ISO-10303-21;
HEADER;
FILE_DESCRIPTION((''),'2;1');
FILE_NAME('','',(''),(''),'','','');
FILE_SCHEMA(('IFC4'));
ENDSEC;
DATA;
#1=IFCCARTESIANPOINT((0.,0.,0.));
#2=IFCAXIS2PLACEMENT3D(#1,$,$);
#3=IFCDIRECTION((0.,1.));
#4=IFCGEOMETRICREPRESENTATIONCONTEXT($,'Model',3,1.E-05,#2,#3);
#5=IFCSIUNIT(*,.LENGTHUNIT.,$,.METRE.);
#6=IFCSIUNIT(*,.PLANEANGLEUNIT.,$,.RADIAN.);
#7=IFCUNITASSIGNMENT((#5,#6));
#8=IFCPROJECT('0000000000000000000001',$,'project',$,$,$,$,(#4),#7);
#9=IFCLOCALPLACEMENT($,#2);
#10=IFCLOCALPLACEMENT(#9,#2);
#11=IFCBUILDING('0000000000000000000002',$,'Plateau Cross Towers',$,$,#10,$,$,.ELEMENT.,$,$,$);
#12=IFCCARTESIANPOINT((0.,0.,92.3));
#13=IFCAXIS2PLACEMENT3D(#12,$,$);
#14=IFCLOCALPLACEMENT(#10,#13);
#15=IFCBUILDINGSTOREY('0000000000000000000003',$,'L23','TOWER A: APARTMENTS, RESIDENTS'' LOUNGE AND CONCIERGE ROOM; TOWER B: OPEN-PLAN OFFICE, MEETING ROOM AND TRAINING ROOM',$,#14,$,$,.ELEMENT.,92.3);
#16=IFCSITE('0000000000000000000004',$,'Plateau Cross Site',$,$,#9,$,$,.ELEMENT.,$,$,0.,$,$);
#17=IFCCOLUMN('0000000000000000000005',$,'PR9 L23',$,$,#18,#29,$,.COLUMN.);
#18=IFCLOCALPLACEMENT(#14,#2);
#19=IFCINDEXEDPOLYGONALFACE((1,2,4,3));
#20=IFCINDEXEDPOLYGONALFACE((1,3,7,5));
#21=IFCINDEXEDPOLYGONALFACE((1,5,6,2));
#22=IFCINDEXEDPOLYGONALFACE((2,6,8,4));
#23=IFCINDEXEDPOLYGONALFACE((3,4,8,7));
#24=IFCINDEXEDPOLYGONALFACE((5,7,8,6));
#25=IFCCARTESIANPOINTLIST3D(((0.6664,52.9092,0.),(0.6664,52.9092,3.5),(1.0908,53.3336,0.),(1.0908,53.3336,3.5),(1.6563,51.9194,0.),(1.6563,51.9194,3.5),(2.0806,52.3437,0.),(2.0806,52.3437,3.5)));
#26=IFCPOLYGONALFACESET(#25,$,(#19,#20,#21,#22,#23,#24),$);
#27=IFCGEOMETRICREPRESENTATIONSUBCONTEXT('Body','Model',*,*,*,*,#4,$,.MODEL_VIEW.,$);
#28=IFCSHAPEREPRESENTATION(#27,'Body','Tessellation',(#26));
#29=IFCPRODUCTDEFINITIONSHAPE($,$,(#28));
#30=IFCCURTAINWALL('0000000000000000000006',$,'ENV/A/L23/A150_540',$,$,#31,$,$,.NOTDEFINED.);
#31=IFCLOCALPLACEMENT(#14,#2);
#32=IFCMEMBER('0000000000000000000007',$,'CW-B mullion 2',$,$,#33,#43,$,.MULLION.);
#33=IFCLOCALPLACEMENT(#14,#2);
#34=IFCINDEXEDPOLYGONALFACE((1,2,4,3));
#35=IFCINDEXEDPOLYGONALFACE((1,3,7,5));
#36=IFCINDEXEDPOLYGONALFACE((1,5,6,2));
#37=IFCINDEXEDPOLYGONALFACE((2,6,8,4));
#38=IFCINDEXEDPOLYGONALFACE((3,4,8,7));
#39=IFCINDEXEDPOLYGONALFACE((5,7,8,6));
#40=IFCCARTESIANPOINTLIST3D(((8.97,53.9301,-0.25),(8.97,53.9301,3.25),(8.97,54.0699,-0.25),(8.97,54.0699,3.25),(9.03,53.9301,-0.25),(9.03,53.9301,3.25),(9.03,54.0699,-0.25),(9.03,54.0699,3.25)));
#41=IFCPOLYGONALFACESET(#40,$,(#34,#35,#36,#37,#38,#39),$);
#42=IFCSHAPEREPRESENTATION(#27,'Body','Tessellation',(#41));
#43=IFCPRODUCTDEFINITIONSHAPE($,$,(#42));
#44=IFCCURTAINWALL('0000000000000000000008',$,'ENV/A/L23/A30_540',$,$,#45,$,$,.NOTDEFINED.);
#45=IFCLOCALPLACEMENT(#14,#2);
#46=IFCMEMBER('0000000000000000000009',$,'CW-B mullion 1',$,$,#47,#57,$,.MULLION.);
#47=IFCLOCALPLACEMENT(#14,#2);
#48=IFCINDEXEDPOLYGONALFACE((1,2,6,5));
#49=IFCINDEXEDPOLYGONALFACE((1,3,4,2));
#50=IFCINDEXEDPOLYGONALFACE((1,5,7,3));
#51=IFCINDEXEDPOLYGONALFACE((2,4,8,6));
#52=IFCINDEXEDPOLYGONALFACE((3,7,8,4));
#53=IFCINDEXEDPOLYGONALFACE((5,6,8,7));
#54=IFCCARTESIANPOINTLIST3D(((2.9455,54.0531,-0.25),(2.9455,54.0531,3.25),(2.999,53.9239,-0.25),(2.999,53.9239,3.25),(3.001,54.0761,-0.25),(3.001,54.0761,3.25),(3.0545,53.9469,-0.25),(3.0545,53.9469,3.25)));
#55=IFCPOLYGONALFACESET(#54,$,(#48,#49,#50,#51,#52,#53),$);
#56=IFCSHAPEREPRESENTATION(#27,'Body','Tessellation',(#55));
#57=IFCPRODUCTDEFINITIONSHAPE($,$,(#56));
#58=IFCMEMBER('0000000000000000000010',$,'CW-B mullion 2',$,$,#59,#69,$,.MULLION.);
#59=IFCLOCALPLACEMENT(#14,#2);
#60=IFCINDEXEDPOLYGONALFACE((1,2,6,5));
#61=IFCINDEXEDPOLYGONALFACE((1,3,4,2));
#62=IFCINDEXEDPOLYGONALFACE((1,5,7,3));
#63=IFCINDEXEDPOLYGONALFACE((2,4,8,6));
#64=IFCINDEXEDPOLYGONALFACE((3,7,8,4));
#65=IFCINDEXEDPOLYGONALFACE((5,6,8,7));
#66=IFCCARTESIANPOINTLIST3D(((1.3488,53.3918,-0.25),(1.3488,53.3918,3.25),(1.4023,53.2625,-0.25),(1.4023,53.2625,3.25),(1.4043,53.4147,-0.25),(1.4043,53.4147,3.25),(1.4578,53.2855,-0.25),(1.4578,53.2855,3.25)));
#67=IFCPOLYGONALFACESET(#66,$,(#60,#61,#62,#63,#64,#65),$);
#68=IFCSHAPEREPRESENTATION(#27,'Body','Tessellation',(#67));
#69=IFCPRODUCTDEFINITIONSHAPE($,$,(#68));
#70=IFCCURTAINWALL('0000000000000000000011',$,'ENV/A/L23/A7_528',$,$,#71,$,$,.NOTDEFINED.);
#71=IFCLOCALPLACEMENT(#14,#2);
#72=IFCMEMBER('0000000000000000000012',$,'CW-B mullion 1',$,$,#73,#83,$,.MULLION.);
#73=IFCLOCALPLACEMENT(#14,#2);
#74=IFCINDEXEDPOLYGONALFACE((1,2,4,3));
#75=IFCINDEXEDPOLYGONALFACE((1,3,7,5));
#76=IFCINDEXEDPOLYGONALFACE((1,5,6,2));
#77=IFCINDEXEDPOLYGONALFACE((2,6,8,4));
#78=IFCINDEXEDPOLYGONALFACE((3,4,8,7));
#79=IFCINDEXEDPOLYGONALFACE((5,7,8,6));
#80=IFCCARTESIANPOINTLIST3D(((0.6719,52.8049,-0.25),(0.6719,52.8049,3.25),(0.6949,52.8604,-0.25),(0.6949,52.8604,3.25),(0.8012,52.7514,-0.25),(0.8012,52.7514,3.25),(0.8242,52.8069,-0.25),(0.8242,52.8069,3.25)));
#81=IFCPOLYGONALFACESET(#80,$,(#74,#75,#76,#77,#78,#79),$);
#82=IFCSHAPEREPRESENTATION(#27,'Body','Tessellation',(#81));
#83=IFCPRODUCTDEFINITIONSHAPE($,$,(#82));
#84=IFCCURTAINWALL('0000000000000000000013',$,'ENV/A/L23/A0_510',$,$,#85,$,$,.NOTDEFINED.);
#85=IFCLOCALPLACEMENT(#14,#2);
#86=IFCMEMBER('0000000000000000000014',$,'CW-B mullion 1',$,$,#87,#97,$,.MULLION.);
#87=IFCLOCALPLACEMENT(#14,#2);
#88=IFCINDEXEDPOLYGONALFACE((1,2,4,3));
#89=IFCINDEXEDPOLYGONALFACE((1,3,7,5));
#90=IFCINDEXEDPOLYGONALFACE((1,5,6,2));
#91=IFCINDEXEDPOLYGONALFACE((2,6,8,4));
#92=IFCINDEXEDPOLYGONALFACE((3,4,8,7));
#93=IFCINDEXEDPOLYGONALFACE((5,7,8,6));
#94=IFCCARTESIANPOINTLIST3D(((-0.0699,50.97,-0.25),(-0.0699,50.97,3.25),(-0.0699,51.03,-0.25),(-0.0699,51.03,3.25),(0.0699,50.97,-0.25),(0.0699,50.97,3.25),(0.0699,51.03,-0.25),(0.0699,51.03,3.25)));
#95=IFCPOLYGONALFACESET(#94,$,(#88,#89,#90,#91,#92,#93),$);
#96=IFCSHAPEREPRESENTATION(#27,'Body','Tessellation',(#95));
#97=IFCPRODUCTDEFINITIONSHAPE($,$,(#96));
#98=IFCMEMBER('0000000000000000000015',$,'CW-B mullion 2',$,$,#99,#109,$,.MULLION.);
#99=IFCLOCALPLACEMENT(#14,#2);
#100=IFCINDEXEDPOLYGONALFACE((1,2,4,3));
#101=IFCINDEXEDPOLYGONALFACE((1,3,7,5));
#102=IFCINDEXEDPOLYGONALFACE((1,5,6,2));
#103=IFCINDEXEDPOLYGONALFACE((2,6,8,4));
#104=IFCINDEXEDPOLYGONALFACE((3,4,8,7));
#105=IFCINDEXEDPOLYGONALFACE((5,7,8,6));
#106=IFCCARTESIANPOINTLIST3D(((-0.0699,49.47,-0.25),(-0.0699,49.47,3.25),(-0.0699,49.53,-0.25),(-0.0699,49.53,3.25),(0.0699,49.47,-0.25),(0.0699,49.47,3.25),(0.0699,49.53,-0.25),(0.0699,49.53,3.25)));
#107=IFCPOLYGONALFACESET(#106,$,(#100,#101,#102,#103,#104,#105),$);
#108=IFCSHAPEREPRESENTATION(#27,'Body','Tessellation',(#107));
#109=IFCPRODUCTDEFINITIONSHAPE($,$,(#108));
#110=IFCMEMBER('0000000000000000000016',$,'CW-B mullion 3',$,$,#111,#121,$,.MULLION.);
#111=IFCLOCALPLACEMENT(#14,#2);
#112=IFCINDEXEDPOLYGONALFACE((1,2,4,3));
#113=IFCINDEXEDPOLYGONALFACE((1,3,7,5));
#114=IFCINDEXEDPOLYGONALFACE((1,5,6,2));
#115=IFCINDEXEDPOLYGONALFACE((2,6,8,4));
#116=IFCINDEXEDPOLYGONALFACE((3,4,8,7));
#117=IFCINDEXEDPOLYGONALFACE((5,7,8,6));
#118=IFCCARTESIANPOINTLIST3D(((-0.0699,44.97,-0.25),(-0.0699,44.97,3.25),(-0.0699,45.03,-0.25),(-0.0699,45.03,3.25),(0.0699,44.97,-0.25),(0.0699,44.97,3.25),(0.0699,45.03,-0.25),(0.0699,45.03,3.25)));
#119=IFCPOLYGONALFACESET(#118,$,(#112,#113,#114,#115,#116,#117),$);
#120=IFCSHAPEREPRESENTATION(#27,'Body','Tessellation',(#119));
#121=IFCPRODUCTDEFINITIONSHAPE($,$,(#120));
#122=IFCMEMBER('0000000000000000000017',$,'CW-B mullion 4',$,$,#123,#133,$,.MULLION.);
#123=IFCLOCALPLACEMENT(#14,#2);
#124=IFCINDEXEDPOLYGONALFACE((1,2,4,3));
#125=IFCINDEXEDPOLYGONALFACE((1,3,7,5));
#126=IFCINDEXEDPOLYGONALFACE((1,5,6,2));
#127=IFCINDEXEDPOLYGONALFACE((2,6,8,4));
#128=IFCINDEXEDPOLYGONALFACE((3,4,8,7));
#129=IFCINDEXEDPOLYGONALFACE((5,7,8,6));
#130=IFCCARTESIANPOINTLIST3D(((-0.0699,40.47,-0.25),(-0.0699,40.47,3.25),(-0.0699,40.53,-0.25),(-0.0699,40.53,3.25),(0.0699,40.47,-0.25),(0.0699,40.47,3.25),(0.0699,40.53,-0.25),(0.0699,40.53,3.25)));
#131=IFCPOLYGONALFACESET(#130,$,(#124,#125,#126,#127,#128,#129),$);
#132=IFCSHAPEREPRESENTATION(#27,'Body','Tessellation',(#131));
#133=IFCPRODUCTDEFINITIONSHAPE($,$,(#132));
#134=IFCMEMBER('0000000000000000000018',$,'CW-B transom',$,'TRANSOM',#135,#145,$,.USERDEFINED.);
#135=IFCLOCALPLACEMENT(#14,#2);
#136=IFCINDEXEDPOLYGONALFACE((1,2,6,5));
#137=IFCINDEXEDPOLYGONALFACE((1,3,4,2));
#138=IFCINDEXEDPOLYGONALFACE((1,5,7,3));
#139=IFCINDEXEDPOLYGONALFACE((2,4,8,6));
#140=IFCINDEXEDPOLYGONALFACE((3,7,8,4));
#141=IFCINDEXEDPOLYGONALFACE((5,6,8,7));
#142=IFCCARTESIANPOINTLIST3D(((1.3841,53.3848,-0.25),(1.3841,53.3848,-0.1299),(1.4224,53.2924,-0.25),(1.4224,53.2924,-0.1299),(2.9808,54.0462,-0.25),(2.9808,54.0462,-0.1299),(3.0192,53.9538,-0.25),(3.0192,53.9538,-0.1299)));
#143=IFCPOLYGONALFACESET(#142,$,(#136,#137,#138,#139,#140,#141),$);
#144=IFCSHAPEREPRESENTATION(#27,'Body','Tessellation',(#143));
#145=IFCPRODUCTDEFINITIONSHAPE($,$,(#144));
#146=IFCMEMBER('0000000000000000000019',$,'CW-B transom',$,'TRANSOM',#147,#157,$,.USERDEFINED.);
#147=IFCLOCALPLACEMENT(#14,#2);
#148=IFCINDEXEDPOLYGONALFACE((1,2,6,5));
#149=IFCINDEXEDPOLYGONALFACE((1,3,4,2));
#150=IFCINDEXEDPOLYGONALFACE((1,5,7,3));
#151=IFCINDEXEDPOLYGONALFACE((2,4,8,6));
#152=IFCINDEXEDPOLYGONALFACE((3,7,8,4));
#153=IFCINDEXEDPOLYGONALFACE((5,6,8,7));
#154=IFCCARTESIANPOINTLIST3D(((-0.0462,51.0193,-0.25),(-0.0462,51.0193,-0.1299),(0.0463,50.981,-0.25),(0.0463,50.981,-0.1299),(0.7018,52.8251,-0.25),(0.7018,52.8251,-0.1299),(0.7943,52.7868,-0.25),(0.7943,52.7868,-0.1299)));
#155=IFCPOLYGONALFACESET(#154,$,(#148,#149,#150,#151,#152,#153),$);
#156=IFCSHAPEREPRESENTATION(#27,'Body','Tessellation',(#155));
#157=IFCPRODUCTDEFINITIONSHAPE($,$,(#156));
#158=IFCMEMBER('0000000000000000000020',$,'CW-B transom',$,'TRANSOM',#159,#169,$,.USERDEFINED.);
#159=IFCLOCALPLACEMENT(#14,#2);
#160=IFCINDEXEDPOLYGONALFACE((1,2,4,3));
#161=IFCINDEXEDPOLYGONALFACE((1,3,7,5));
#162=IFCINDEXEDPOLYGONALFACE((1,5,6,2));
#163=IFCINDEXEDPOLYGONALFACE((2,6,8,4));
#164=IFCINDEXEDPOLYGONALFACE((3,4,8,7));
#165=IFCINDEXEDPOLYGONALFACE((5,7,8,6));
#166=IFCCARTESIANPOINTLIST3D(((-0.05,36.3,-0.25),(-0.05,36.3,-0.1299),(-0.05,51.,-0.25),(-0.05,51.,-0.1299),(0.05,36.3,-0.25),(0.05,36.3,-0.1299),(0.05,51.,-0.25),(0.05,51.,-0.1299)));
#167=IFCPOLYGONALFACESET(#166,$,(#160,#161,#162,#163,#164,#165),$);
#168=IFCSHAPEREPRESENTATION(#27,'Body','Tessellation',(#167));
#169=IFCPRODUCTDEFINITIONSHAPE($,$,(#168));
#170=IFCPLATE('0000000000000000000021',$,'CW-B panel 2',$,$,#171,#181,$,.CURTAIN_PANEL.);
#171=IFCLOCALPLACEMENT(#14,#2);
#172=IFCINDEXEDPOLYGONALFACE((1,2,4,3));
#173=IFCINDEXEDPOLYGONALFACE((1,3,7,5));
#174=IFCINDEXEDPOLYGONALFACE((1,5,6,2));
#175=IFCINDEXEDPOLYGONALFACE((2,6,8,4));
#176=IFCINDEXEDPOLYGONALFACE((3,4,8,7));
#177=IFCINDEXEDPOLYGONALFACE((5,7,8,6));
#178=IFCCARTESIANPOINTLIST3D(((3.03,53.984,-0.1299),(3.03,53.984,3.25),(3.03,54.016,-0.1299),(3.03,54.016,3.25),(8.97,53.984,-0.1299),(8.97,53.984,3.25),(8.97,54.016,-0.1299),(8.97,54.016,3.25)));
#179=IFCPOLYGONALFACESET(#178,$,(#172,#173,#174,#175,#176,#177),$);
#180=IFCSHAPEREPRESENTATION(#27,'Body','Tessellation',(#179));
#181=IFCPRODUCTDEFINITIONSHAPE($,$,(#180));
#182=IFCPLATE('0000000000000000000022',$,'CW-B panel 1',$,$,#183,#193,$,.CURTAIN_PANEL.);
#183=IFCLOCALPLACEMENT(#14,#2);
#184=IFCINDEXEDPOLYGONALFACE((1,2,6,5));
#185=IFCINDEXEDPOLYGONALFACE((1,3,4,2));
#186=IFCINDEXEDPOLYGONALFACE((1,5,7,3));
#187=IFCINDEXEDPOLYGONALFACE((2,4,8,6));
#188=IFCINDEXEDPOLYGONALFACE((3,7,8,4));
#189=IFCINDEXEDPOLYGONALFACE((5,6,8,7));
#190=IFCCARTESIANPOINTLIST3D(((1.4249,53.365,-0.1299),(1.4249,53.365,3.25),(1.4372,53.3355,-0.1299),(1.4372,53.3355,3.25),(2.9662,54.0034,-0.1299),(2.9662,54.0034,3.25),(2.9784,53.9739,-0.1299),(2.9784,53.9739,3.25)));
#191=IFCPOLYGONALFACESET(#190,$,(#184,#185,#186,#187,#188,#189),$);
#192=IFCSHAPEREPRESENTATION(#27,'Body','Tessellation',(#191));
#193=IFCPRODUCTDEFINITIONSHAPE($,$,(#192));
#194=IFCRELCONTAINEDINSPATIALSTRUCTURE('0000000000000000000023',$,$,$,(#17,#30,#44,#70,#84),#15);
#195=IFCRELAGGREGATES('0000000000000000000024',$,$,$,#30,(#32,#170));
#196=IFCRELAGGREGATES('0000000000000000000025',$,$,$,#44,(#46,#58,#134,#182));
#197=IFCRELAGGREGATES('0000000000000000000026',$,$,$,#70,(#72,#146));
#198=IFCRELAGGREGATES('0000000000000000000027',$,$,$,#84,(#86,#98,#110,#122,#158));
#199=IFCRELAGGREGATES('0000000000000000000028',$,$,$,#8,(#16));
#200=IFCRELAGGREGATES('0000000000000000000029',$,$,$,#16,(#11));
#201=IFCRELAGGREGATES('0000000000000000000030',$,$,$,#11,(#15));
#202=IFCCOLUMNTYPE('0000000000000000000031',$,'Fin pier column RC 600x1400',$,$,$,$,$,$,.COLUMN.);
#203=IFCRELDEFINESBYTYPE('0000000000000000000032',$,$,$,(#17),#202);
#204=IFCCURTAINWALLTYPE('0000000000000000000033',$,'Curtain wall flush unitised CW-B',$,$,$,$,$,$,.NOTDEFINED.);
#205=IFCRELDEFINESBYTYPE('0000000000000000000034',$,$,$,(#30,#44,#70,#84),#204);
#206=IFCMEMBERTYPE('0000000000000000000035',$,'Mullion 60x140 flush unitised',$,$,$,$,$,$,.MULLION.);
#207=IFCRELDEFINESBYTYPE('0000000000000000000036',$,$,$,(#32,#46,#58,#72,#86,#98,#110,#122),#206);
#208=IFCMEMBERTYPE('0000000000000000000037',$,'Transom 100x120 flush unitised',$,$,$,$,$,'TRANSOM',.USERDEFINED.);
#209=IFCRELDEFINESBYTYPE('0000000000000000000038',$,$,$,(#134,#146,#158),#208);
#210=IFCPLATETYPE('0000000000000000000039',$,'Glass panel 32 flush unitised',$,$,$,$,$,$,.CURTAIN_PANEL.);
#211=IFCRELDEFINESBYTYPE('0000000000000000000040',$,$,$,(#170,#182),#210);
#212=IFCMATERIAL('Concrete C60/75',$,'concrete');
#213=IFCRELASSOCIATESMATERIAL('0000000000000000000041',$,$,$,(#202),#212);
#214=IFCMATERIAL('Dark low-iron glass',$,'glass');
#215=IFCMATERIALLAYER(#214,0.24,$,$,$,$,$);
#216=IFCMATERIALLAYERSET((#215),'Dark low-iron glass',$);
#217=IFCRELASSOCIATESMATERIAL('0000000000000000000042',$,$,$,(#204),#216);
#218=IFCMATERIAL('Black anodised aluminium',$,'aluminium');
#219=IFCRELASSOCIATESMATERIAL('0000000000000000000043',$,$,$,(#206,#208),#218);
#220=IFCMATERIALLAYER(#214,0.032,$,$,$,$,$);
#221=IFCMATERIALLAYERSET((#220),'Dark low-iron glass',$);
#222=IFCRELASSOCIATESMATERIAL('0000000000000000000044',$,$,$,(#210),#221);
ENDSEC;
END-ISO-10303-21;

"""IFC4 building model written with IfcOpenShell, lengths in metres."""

from ifc_helpers import new_model, si_unit, direction, frame, origin, origin_2d, place, context, subcontext, project, spatial, rectangle, extrude, material, layer, layer_set, material_profile, profile_set, type_object, element, aggregate, save


model = new_model("IFC4")

# Units and contexts
model_context = context("Model", 3, precision=1e-05, world=origin(), true_north=direction((0.0, 1.0)))
body_context = subcontext(model_context, "Body", "Model", "MODEL_VIEW")
ifc_project = project(units=[si_unit("LENGTHUNIT", "METRE"), si_unit("PLANEANGLEUNIT", "RADIAN")], contexts=[model_context])

# Site, building, storey
site_placement = place(None, origin())
site = spatial("IfcSite", under=ifc_project, at=site_placement, Name="Plateau Cross Site", CompositionType="ELEMENT", RefElevation=0.0)
building_placement = place(site_placement, origin())
building = spatial("IfcBuilding", under=site, at=building_placement, Name="Plateau Cross Towers", CompositionType="ELEMENT")
storey_placement = place(building_placement, frame((0.0, 0.0, 92.3)))
storey = spatial("IfcBuildingStorey", under=building, at=storey_placement, Name="L23", Description="TOWER A: APARTMENTS, RESIDENTS' LOUNGE AND CONCIERGE ROOM; TOWER B: OPEN-PLAN OFFICE, MEETING ROOM AND TRAINING ROOM", CompositionType="ELEMENT", Elevation=92.3)

# Column
ifc_material_1 = material(Name="Concrete C60/75", Category="concrete")
ifc_material_profile_1 = material_profile(ifc_material_1, rectangle(XDim=0.6001, YDim=1.3999, at=origin_2d()), Name="RC 600x1400")
ifc_profile_set_1 = profile_set([ifc_material_profile_1], Name="Concrete C60/75")
column_type = type_object("IfcColumnType", Name="Fin pier column RC 600x1400", PredefinedType="COLUMN", material=ifc_profile_set_1)
column_placement = place(storey_placement, frame((1.3735, 52.6265, 0.0), z_axis=(0.0, 0.0, 1.0), x_axis=(0.707107, 0.707107, 0.0)))
element("IfcColumn", 1, at=column_placement, inside=storey, type_object=column_type, Name="PR9 L23", PredefinedType="COLUMN", context=body_context, shape_type="SweptSolid", body=[
    extrude(rectangle(XDim=0.6001, YDim=1.3999, at=origin_2d()), origin(), (0.0, 0.0, 1.0), 3.5),
])

# Curtain wall, member
ifc_material_2 = material(Name="Dark low-iron glass", Category="glass")
ifc_layer_1 = layer(ifc_material_2, 0.24)
ifc_layer_set_1 = layer_set([ifc_layer_1], Name="Dark low-iron glass")
curtain_wall_type = type_object("IfcCurtainWallType", Name="Curtain wall flush unitised CW-B", PredefinedType="NOTDEFINED", material=ifc_layer_set_1)
curtain_wall_1_placement = place(storey_placement, origin())
curtain_wall_1 = element("IfcCurtainWall", 2, at=curtain_wall_1_placement, inside=storey, type_object=curtain_wall_type, Name="ENV/A/L23/A150_540", PredefinedType="NOTDEFINED")
ifc_material_3 = material(Name="Black anodised aluminium", Category="aluminium")
ifc_material_profile_2 = material_profile(ifc_material_3, rectangle(XDim=0.0601, YDim=0.1399, at=origin_2d()), Name="MULLION 60x140")
ifc_profile_set_2 = profile_set([ifc_material_profile_2], Name="Black anodised aluminium")
member_type_1 = type_object("IfcMemberType", Name="Mullion 60x140 flush unitised", PredefinedType="MULLION", material=ifc_profile_set_2)
member_1_placement = place(storey_placement, frame((9.0, 54.0, -0.25), z_axis=(0.0, 0.0, 1.0), x_axis=(-1.0, 0.0, 0.0)))
member_1 = element("IfcMember", 3, at=member_1_placement, type_object=member_type_1, Name="CW-B mullion 2", PredefinedType="MULLION", context=body_context, shape_type="SweptSolid", body=[
    extrude(rectangle(XDim=0.0601, YDim=0.1399, at=origin_2d()), origin(), (0.0, 0.0, 1.0), 3.5),
])

# Curtain wall, members
curtain_wall_2_placement = place(storey_placement, origin())
curtain_wall_2 = element("IfcCurtainWall", 4, at=curtain_wall_2_placement, inside=storey, type_object=curtain_wall_type, Name="ENV/A/L23/A30_540", PredefinedType="NOTDEFINED")
member_2_placement = place(storey_placement, frame((3.0, 54.0, -0.25), z_axis=(0.0, 0.0, 1.0), x_axis=(-0.923879, -0.382684, 0.0)))
member_2 = element("IfcMember", 5, at=member_2_placement, type_object=member_type_1, Name="CW-B mullion 1", PredefinedType="MULLION", context=body_context, shape_type="SweptSolid", body=[
    extrude(rectangle(XDim=0.0601, YDim=0.1399, at=origin_2d()), origin(), (0.0, 0.0, 1.0), 3.5),
])
member_3_placement = place(storey_placement, frame((1.4033, 53.3386, -0.25), z_axis=(0.0, 0.0, 1.0), x_axis=(-0.923879, -0.382684, 0.0)))
member_3 = element("IfcMember", 6, at=member_3_placement, type_object=member_type_1, Name="CW-B mullion 2", PredefinedType="MULLION", context=body_context, shape_type="SweptSolid", body=[
    extrude(rectangle(XDim=0.0601, YDim=0.1399, at=origin_2d()), origin(), (0.0, 0.0, 1.0), 3.5),
])

# Curtain wall, member
curtain_wall_3_placement = place(storey_placement, origin())
curtain_wall_3 = element("IfcCurtainWall", 7, at=curtain_wall_3_placement, inside=storey, type_object=curtain_wall_type, Name="ENV/A/L23/A7_528", PredefinedType="NOTDEFINED")
member_4_placement = place(storey_placement, frame((0.748, 52.8059, -0.25), z_axis=(0.0, 0.0, 1.0), x_axis=(-0.382684, -0.923879, 0.0)))
member_4 = element("IfcMember", 8, at=member_4_placement, type_object=member_type_1, Name="CW-B mullion 1", PredefinedType="MULLION", context=body_context, shape_type="SweptSolid", body=[
    extrude(rectangle(XDim=0.0601, YDim=0.1399, at=origin_2d()), origin(), (0.0, 0.0, 1.0), 3.5),
])

# Curtain wall, members
curtain_wall_4_placement = place(storey_placement, origin())
curtain_wall_4 = element("IfcCurtainWall", 9, at=curtain_wall_4_placement, inside=storey, type_object=curtain_wall_type, Name="ENV/A/L23/A0_510", PredefinedType="NOTDEFINED")
member_5_placement = place(storey_placement, frame((0.0, 51.0, -0.25), z_axis=(0.0, 0.0, 1.0), x_axis=(0.0, -1.0, 0.0)))
member_5 = element("IfcMember", 10, at=member_5_placement, type_object=member_type_1, Name="CW-B mullion 1", PredefinedType="MULLION", context=body_context, shape_type="SweptSolid", body=[
    extrude(rectangle(XDim=0.0601, YDim=0.1399, at=origin_2d()), origin(), (0.0, 0.0, 1.0), 3.5),
])
member_6_placement = place(storey_placement, frame((0.0, 49.5, -0.25), z_axis=(0.0, 0.0, 1.0), x_axis=(0.0, -1.0, 0.0)))
member_6 = element("IfcMember", 11, at=member_6_placement, type_object=member_type_1, Name="CW-B mullion 2", PredefinedType="MULLION", context=body_context, shape_type="SweptSolid", body=[
    extrude(rectangle(XDim=0.0601, YDim=0.1399, at=origin_2d()), origin(), (0.0, 0.0, 1.0), 3.5),
])
member_7_placement = place(storey_placement, frame((0.0, 45.0, -0.25), z_axis=(0.0, 0.0, 1.0), x_axis=(0.0, -1.0, 0.0)))
member_7 = element("IfcMember", 12, at=member_7_placement, type_object=member_type_1, Name="CW-B mullion 3", PredefinedType="MULLION", context=body_context, shape_type="SweptSolid", body=[
    extrude(rectangle(XDim=0.0601, YDim=0.1399, at=origin_2d()), origin(), (0.0, 0.0, 1.0), 3.5),
])
member_8_placement = place(storey_placement, frame((0.0, 40.5, -0.25), z_axis=(0.0, 0.0, 1.0), x_axis=(0.0, -1.0, 0.0)))
member_8 = element("IfcMember", 13, at=member_8_placement, type_object=member_type_1, Name="CW-B mullion 4", PredefinedType="MULLION", context=body_context, shape_type="SweptSolid", body=[
    extrude(rectangle(XDim=0.0601, YDim=0.1399, at=origin_2d()), origin(), (0.0, 0.0, 1.0), 3.5),
])

# Members
ifc_material_profile_3 = material_profile(ifc_material_3, rectangle(XDim=0.1001, YDim=0.1201, at=origin_2d()), Name="TRANSOM 100x120")
ifc_profile_set_3 = profile_set([ifc_material_profile_3], Name="Black anodised aluminium")
member_type_2 = type_object("IfcMemberType", Name="Transom 100x120 flush unitised", ElementType="TRANSOM", PredefinedType="USERDEFINED", material=ifc_profile_set_3)
member_9_placement = place(storey_placement, frame((3.0, 54.0, -0.1899), z_axis=(-0.923877, -0.382689, 0.0), x_axis=(0.382689, -0.923877, 0.0)))
member_9 = element("IfcMember", 14, at=member_9_placement, type_object=member_type_2, Name="CW-B transom", ObjectType="TRANSOM", PredefinedType="USERDEFINED", context=body_context, shape_type="SweptSolid", body=[
    extrude(rectangle(XDim=0.1001, YDim=0.1201, at=origin_2d()), origin(), (0.0, 0.0, 1.0), 1.7283),
])
member_10_placement = place(storey_placement, frame((0.748, 52.8059, -0.1899), z_axis=(-0.38269, -0.923877, 0.0), x_axis=(0.923877, -0.38269, 0.0)))
member_10 = element("IfcMember", 15, at=member_10_placement, type_object=member_type_2, Name="CW-B transom", ObjectType="TRANSOM", PredefinedType="USERDEFINED", context=body_context, shape_type="SweptSolid", body=[
    extrude(rectangle(XDim=0.1001, YDim=0.1201, at=origin_2d()), origin(), (0.0, 0.0, 1.0), 1.9546),
])
member_11_placement = place(storey_placement, frame((0.0, 51.0, -0.1899), z_axis=(0.0, -1.0, 0.0), x_axis=(1.0, 0.0, 0.0)))
member_11 = element("IfcMember", 16, at=member_11_placement, type_object=member_type_2, Name="CW-B transom", ObjectType="TRANSOM", PredefinedType="USERDEFINED", context=body_context, shape_type="SweptSolid", body=[
    extrude(rectangle(XDim=0.1001, YDim=0.1201, at=origin_2d()), origin(), (0.0, 0.0, 1.0), 14.7),
])

# Plates
ifc_layer_2 = layer(ifc_material_2, 0.032)
ifc_layer_set_2 = layer_set([ifc_layer_2], Name="Dark low-iron glass")
plate_type = type_object("IfcPlateType", Name="Glass panel 32 flush unitised", PredefinedType="CURTAIN_PANEL", material=ifc_layer_set_2)
plate_1_placement = place(storey_placement, frame((6.0, 54.0, -0.1299), z_axis=(0.0, 0.0, 1.0), x_axis=(-1.0, 0.0, 0.0)))
plate_1 = element("IfcPlate", 17, at=plate_1_placement, type_object=plate_type, Name="CW-B panel 2", PredefinedType="CURTAIN_PANEL", context=body_context, shape_type="SweptSolid", body=[
    extrude(rectangle(XDim=5.9399, YDim=0.032, at=origin_2d()), origin(), (0.0, 0.0, 1.0), 3.3799),
])
aggregate(curtain_wall_1, [member_1, plate_1])
plate_2_placement = place(storey_placement, frame((2.2017, 53.6694, -0.1299), z_axis=(0.0, 0.0, 1.0), x_axis=(-0.923879, -0.382684, 0.0)))
plate_2 = element("IfcPlate", 18, at=plate_2_placement, type_object=plate_type, Name="CW-B panel 1", PredefinedType="CURTAIN_PANEL", context=body_context, shape_type="SweptSolid", body=[
    extrude(rectangle(XDim=1.6682, YDim=0.032, at=origin_2d()), origin(), (0.0, 0.0, 1.0), 3.3799),
])
aggregate(curtain_wall_2, [member_2, member_3, member_9, plate_2])
aggregate(curtain_wall_3, [member_4, member_10])
aggregate(curtain_wall_4, [member_5, member_6, member_7, member_8, member_11])

save(model, "model.ifc")
